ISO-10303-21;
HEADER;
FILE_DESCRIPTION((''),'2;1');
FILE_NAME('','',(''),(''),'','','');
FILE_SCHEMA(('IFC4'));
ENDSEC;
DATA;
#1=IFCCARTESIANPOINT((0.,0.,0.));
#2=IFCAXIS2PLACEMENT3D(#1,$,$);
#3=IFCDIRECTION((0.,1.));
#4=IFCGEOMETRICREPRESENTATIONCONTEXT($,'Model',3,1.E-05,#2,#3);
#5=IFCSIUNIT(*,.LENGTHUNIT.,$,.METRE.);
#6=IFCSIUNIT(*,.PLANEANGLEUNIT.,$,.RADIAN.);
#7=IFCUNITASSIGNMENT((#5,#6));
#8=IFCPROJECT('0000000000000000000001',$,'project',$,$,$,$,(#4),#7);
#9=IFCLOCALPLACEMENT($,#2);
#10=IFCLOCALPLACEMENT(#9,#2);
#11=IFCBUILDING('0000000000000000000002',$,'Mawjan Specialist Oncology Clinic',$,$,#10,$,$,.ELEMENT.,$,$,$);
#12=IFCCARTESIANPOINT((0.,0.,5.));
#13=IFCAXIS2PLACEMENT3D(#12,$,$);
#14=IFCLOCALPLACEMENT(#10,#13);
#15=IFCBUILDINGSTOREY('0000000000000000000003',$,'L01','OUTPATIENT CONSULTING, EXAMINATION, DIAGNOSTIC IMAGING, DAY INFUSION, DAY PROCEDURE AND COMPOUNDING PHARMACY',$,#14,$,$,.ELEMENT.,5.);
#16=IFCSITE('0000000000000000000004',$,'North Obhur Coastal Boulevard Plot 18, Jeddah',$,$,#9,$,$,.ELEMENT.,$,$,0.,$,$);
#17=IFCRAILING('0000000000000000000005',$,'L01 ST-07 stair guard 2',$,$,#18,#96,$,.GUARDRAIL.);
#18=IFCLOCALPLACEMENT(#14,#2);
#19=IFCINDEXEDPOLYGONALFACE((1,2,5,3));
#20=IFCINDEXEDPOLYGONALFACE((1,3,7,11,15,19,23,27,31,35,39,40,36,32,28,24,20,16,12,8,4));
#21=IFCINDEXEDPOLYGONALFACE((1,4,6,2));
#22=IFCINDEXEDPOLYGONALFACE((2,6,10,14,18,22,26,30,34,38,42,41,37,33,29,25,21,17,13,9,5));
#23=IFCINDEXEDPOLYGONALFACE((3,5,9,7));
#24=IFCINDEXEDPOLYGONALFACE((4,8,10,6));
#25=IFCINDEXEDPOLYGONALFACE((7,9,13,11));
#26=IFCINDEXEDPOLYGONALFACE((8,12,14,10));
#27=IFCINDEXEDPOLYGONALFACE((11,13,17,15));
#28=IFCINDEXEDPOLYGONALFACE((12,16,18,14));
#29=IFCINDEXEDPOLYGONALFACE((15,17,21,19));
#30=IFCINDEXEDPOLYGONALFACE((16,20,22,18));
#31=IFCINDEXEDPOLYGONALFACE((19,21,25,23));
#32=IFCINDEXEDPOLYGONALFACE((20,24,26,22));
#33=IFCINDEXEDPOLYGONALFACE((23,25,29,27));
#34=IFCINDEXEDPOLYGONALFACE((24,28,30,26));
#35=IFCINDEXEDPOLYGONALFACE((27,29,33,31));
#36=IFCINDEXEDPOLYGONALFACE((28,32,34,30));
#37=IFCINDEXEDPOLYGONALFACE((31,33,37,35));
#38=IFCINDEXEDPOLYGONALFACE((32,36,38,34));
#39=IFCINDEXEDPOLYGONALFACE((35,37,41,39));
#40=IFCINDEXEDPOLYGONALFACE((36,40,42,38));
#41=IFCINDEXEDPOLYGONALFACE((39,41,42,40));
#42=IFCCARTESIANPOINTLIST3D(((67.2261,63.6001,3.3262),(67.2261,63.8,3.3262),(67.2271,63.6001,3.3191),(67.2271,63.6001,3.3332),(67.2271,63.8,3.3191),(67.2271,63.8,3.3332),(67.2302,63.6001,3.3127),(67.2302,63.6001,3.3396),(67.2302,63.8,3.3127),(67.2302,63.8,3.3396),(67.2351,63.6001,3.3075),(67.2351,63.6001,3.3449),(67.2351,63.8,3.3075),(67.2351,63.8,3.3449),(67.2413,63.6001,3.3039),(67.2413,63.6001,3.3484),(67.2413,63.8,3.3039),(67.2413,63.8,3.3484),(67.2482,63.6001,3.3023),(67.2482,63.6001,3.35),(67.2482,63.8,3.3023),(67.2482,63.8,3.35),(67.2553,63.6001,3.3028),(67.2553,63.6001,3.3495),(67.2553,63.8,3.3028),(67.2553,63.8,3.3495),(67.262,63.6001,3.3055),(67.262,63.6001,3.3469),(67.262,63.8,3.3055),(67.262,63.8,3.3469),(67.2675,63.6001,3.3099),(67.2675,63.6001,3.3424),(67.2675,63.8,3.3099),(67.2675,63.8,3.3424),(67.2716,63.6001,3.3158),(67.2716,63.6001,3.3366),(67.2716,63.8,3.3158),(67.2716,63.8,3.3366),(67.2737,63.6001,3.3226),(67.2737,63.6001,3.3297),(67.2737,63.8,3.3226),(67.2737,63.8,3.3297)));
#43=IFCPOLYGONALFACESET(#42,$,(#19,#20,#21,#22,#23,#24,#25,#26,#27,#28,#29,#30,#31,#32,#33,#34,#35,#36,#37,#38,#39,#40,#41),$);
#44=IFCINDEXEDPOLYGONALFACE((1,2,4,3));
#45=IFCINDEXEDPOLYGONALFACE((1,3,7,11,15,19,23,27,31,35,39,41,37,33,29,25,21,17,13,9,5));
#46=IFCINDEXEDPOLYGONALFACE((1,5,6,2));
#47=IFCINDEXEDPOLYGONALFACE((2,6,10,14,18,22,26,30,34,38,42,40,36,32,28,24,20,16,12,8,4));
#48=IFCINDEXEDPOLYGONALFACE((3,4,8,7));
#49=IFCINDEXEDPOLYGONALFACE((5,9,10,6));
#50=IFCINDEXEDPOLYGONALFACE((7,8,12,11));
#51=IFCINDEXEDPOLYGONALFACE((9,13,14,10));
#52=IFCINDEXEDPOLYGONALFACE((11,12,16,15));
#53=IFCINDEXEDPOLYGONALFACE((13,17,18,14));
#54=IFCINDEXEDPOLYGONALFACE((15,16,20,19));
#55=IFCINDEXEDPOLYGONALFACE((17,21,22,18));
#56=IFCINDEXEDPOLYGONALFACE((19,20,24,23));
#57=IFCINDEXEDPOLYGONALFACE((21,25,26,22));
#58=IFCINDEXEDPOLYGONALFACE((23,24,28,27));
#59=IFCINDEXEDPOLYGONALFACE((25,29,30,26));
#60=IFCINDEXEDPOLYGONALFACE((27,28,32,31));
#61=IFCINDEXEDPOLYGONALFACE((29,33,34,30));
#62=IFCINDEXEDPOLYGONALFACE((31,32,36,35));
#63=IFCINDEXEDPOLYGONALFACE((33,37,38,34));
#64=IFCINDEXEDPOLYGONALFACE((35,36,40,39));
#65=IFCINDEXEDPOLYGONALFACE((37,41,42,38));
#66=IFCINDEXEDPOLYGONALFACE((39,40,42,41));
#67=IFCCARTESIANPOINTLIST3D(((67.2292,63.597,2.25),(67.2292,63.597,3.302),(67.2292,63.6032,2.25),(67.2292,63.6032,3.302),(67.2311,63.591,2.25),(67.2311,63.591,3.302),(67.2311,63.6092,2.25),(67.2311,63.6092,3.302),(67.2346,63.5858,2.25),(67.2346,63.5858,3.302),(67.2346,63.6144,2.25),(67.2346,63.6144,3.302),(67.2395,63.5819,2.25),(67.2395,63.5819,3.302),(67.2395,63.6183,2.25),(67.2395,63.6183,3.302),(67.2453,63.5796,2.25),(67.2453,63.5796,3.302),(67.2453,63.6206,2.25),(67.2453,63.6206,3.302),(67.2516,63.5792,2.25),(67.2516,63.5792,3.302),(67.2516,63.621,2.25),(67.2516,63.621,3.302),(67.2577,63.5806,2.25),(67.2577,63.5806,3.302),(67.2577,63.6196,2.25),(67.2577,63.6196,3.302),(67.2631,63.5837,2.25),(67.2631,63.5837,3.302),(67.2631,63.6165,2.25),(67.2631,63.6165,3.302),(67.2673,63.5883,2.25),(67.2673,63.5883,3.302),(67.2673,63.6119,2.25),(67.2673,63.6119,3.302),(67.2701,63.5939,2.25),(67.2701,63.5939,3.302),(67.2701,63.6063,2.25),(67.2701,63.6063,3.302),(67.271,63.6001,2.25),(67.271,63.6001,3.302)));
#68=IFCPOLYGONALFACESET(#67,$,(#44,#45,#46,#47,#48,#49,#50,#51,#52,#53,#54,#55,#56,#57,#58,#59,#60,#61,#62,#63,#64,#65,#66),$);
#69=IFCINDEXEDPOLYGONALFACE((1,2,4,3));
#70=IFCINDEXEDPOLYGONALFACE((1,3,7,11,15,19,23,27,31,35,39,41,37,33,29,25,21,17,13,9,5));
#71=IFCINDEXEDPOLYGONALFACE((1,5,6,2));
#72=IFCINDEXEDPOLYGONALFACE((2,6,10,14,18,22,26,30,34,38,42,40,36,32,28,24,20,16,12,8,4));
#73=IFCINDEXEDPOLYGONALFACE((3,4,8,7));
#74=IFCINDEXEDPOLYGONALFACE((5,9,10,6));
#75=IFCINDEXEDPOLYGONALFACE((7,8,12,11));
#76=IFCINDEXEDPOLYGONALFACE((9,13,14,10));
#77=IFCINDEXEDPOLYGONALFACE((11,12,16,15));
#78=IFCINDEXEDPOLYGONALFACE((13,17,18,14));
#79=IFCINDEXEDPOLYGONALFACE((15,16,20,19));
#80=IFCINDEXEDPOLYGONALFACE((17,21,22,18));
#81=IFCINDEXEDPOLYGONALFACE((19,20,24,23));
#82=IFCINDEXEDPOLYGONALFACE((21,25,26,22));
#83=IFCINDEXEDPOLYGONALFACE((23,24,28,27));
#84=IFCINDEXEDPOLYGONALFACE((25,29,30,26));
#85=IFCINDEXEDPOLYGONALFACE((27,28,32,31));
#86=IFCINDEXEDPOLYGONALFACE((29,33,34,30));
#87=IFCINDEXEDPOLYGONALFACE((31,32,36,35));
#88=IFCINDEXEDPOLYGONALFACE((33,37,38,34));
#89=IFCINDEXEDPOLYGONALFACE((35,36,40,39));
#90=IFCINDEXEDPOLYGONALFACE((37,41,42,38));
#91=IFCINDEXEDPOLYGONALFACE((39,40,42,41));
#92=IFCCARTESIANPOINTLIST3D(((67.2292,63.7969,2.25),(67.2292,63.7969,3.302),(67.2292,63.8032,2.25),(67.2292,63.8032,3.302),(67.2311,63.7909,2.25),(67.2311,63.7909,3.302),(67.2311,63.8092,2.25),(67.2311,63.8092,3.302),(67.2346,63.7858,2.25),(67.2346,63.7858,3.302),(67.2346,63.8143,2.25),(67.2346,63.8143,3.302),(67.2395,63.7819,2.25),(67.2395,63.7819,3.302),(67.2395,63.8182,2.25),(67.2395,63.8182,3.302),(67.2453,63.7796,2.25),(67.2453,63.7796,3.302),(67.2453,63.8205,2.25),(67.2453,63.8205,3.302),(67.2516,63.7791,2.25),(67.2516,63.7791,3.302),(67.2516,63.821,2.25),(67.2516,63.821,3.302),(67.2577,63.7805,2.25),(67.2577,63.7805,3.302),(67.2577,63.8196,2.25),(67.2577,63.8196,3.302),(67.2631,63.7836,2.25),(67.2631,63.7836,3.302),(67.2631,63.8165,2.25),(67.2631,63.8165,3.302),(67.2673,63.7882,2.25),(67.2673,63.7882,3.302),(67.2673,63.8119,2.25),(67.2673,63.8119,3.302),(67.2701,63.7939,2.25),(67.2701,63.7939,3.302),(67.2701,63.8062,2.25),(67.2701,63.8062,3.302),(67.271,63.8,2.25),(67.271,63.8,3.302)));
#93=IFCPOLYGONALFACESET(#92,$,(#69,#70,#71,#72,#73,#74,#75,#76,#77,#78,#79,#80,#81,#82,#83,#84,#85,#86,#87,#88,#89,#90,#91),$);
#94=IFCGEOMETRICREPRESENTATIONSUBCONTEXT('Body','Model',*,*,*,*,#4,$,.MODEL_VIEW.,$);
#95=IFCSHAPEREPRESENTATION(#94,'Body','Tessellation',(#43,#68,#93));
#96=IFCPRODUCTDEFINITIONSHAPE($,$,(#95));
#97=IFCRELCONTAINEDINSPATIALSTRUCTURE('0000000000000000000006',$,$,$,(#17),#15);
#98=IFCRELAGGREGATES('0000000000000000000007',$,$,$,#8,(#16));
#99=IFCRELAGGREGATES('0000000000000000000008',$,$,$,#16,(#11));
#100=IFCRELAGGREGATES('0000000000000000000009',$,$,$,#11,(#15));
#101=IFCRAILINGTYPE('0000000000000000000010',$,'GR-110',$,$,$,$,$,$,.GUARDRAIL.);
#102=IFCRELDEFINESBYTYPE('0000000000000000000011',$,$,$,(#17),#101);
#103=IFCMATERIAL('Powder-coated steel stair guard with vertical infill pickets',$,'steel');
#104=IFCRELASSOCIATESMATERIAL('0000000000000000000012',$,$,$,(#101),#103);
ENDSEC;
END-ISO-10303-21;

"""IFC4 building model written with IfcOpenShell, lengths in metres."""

from ifc_helpers import new_model, si_unit, direction, frame, origin, origin_2d, place, context, subcontext, project, spatial, circle, extrude, material, type_object, element, save


model = new_model("IFC4")

# Units and contexts
model_context = context("Model", 3, precision=1e-05, world=origin(), true_north=direction((0.0, 1.0)))
body_context = subcontext(model_context, "Body", "Model", "MODEL_VIEW")
ifc_project = project(units=[si_unit("LENGTHUNIT", "METRE"), si_unit("PLANEANGLEUNIT", "RADIAN")], contexts=[model_context])

# Site, building, storey
site_placement = place(None, origin())
site = spatial("IfcSite", under=ifc_project, at=site_placement, Name="North Obhur Coastal Boulevard Plot 18, Jeddah", CompositionType="ELEMENT", RefElevation=0.0)
building_placement = place(site_placement, origin())
building = spatial("IfcBuilding", under=site, at=building_placement, Name="Mawjan Specialist Oncology Clinic", CompositionType="ELEMENT")
storey_placement = place(building_placement, frame((0.0, 0.0, 5.0)))
storey = spatial("IfcBuildingStorey", under=building, at=storey_placement, Name="L01", Description="OUTPATIENT CONSULTING, EXAMINATION, DIAGNOSTIC IMAGING, DAY INFUSION, DAY PROCEDURE AND COMPOUNDING PHARMACY", CompositionType="ELEMENT", Elevation=5.0)

# Railing
ifc_material_1 = material(Name="Powder-coated steel stair guard with vertical infill pickets", Category="steel")
railing_type_1 = type_object("IfcRailingType", Name="GR-110", PredefinedType="GUARDRAIL", material=ifc_material_1)
railing_1_placement = place(storey_placement, frame((67.25, 63.6001, 2.25)))
element("IfcRailing", 1, at=railing_1_placement, inside=storey, type_object=railing_type_1, Name="L01 ST-07 stair guard 2", PredefinedType="GUARDRAIL", context=body_context, shape_type="SweptSolid", body=[
    extrude(circle(Radius=0.0239, at=origin_2d()), frame((0.0, 0.0, 1.0762), z_axis=(0.0, 1.0, 0.0), x_axis=(-1.0, 0.0, 0.0)), (0.0, 0.0, 1.0), 0.2),
    extrude(circle(Radius=0.021, at=origin_2d()), origin(), (0.0, 0.0, 1.0), 1.052),
    extrude(circle(Radius=0.021, at=origin_2d()), frame((0.0, 0.2, 0.0)), (0.0, 0.0, 1.0), 1.052),
])

save(model, "model.ifc")
